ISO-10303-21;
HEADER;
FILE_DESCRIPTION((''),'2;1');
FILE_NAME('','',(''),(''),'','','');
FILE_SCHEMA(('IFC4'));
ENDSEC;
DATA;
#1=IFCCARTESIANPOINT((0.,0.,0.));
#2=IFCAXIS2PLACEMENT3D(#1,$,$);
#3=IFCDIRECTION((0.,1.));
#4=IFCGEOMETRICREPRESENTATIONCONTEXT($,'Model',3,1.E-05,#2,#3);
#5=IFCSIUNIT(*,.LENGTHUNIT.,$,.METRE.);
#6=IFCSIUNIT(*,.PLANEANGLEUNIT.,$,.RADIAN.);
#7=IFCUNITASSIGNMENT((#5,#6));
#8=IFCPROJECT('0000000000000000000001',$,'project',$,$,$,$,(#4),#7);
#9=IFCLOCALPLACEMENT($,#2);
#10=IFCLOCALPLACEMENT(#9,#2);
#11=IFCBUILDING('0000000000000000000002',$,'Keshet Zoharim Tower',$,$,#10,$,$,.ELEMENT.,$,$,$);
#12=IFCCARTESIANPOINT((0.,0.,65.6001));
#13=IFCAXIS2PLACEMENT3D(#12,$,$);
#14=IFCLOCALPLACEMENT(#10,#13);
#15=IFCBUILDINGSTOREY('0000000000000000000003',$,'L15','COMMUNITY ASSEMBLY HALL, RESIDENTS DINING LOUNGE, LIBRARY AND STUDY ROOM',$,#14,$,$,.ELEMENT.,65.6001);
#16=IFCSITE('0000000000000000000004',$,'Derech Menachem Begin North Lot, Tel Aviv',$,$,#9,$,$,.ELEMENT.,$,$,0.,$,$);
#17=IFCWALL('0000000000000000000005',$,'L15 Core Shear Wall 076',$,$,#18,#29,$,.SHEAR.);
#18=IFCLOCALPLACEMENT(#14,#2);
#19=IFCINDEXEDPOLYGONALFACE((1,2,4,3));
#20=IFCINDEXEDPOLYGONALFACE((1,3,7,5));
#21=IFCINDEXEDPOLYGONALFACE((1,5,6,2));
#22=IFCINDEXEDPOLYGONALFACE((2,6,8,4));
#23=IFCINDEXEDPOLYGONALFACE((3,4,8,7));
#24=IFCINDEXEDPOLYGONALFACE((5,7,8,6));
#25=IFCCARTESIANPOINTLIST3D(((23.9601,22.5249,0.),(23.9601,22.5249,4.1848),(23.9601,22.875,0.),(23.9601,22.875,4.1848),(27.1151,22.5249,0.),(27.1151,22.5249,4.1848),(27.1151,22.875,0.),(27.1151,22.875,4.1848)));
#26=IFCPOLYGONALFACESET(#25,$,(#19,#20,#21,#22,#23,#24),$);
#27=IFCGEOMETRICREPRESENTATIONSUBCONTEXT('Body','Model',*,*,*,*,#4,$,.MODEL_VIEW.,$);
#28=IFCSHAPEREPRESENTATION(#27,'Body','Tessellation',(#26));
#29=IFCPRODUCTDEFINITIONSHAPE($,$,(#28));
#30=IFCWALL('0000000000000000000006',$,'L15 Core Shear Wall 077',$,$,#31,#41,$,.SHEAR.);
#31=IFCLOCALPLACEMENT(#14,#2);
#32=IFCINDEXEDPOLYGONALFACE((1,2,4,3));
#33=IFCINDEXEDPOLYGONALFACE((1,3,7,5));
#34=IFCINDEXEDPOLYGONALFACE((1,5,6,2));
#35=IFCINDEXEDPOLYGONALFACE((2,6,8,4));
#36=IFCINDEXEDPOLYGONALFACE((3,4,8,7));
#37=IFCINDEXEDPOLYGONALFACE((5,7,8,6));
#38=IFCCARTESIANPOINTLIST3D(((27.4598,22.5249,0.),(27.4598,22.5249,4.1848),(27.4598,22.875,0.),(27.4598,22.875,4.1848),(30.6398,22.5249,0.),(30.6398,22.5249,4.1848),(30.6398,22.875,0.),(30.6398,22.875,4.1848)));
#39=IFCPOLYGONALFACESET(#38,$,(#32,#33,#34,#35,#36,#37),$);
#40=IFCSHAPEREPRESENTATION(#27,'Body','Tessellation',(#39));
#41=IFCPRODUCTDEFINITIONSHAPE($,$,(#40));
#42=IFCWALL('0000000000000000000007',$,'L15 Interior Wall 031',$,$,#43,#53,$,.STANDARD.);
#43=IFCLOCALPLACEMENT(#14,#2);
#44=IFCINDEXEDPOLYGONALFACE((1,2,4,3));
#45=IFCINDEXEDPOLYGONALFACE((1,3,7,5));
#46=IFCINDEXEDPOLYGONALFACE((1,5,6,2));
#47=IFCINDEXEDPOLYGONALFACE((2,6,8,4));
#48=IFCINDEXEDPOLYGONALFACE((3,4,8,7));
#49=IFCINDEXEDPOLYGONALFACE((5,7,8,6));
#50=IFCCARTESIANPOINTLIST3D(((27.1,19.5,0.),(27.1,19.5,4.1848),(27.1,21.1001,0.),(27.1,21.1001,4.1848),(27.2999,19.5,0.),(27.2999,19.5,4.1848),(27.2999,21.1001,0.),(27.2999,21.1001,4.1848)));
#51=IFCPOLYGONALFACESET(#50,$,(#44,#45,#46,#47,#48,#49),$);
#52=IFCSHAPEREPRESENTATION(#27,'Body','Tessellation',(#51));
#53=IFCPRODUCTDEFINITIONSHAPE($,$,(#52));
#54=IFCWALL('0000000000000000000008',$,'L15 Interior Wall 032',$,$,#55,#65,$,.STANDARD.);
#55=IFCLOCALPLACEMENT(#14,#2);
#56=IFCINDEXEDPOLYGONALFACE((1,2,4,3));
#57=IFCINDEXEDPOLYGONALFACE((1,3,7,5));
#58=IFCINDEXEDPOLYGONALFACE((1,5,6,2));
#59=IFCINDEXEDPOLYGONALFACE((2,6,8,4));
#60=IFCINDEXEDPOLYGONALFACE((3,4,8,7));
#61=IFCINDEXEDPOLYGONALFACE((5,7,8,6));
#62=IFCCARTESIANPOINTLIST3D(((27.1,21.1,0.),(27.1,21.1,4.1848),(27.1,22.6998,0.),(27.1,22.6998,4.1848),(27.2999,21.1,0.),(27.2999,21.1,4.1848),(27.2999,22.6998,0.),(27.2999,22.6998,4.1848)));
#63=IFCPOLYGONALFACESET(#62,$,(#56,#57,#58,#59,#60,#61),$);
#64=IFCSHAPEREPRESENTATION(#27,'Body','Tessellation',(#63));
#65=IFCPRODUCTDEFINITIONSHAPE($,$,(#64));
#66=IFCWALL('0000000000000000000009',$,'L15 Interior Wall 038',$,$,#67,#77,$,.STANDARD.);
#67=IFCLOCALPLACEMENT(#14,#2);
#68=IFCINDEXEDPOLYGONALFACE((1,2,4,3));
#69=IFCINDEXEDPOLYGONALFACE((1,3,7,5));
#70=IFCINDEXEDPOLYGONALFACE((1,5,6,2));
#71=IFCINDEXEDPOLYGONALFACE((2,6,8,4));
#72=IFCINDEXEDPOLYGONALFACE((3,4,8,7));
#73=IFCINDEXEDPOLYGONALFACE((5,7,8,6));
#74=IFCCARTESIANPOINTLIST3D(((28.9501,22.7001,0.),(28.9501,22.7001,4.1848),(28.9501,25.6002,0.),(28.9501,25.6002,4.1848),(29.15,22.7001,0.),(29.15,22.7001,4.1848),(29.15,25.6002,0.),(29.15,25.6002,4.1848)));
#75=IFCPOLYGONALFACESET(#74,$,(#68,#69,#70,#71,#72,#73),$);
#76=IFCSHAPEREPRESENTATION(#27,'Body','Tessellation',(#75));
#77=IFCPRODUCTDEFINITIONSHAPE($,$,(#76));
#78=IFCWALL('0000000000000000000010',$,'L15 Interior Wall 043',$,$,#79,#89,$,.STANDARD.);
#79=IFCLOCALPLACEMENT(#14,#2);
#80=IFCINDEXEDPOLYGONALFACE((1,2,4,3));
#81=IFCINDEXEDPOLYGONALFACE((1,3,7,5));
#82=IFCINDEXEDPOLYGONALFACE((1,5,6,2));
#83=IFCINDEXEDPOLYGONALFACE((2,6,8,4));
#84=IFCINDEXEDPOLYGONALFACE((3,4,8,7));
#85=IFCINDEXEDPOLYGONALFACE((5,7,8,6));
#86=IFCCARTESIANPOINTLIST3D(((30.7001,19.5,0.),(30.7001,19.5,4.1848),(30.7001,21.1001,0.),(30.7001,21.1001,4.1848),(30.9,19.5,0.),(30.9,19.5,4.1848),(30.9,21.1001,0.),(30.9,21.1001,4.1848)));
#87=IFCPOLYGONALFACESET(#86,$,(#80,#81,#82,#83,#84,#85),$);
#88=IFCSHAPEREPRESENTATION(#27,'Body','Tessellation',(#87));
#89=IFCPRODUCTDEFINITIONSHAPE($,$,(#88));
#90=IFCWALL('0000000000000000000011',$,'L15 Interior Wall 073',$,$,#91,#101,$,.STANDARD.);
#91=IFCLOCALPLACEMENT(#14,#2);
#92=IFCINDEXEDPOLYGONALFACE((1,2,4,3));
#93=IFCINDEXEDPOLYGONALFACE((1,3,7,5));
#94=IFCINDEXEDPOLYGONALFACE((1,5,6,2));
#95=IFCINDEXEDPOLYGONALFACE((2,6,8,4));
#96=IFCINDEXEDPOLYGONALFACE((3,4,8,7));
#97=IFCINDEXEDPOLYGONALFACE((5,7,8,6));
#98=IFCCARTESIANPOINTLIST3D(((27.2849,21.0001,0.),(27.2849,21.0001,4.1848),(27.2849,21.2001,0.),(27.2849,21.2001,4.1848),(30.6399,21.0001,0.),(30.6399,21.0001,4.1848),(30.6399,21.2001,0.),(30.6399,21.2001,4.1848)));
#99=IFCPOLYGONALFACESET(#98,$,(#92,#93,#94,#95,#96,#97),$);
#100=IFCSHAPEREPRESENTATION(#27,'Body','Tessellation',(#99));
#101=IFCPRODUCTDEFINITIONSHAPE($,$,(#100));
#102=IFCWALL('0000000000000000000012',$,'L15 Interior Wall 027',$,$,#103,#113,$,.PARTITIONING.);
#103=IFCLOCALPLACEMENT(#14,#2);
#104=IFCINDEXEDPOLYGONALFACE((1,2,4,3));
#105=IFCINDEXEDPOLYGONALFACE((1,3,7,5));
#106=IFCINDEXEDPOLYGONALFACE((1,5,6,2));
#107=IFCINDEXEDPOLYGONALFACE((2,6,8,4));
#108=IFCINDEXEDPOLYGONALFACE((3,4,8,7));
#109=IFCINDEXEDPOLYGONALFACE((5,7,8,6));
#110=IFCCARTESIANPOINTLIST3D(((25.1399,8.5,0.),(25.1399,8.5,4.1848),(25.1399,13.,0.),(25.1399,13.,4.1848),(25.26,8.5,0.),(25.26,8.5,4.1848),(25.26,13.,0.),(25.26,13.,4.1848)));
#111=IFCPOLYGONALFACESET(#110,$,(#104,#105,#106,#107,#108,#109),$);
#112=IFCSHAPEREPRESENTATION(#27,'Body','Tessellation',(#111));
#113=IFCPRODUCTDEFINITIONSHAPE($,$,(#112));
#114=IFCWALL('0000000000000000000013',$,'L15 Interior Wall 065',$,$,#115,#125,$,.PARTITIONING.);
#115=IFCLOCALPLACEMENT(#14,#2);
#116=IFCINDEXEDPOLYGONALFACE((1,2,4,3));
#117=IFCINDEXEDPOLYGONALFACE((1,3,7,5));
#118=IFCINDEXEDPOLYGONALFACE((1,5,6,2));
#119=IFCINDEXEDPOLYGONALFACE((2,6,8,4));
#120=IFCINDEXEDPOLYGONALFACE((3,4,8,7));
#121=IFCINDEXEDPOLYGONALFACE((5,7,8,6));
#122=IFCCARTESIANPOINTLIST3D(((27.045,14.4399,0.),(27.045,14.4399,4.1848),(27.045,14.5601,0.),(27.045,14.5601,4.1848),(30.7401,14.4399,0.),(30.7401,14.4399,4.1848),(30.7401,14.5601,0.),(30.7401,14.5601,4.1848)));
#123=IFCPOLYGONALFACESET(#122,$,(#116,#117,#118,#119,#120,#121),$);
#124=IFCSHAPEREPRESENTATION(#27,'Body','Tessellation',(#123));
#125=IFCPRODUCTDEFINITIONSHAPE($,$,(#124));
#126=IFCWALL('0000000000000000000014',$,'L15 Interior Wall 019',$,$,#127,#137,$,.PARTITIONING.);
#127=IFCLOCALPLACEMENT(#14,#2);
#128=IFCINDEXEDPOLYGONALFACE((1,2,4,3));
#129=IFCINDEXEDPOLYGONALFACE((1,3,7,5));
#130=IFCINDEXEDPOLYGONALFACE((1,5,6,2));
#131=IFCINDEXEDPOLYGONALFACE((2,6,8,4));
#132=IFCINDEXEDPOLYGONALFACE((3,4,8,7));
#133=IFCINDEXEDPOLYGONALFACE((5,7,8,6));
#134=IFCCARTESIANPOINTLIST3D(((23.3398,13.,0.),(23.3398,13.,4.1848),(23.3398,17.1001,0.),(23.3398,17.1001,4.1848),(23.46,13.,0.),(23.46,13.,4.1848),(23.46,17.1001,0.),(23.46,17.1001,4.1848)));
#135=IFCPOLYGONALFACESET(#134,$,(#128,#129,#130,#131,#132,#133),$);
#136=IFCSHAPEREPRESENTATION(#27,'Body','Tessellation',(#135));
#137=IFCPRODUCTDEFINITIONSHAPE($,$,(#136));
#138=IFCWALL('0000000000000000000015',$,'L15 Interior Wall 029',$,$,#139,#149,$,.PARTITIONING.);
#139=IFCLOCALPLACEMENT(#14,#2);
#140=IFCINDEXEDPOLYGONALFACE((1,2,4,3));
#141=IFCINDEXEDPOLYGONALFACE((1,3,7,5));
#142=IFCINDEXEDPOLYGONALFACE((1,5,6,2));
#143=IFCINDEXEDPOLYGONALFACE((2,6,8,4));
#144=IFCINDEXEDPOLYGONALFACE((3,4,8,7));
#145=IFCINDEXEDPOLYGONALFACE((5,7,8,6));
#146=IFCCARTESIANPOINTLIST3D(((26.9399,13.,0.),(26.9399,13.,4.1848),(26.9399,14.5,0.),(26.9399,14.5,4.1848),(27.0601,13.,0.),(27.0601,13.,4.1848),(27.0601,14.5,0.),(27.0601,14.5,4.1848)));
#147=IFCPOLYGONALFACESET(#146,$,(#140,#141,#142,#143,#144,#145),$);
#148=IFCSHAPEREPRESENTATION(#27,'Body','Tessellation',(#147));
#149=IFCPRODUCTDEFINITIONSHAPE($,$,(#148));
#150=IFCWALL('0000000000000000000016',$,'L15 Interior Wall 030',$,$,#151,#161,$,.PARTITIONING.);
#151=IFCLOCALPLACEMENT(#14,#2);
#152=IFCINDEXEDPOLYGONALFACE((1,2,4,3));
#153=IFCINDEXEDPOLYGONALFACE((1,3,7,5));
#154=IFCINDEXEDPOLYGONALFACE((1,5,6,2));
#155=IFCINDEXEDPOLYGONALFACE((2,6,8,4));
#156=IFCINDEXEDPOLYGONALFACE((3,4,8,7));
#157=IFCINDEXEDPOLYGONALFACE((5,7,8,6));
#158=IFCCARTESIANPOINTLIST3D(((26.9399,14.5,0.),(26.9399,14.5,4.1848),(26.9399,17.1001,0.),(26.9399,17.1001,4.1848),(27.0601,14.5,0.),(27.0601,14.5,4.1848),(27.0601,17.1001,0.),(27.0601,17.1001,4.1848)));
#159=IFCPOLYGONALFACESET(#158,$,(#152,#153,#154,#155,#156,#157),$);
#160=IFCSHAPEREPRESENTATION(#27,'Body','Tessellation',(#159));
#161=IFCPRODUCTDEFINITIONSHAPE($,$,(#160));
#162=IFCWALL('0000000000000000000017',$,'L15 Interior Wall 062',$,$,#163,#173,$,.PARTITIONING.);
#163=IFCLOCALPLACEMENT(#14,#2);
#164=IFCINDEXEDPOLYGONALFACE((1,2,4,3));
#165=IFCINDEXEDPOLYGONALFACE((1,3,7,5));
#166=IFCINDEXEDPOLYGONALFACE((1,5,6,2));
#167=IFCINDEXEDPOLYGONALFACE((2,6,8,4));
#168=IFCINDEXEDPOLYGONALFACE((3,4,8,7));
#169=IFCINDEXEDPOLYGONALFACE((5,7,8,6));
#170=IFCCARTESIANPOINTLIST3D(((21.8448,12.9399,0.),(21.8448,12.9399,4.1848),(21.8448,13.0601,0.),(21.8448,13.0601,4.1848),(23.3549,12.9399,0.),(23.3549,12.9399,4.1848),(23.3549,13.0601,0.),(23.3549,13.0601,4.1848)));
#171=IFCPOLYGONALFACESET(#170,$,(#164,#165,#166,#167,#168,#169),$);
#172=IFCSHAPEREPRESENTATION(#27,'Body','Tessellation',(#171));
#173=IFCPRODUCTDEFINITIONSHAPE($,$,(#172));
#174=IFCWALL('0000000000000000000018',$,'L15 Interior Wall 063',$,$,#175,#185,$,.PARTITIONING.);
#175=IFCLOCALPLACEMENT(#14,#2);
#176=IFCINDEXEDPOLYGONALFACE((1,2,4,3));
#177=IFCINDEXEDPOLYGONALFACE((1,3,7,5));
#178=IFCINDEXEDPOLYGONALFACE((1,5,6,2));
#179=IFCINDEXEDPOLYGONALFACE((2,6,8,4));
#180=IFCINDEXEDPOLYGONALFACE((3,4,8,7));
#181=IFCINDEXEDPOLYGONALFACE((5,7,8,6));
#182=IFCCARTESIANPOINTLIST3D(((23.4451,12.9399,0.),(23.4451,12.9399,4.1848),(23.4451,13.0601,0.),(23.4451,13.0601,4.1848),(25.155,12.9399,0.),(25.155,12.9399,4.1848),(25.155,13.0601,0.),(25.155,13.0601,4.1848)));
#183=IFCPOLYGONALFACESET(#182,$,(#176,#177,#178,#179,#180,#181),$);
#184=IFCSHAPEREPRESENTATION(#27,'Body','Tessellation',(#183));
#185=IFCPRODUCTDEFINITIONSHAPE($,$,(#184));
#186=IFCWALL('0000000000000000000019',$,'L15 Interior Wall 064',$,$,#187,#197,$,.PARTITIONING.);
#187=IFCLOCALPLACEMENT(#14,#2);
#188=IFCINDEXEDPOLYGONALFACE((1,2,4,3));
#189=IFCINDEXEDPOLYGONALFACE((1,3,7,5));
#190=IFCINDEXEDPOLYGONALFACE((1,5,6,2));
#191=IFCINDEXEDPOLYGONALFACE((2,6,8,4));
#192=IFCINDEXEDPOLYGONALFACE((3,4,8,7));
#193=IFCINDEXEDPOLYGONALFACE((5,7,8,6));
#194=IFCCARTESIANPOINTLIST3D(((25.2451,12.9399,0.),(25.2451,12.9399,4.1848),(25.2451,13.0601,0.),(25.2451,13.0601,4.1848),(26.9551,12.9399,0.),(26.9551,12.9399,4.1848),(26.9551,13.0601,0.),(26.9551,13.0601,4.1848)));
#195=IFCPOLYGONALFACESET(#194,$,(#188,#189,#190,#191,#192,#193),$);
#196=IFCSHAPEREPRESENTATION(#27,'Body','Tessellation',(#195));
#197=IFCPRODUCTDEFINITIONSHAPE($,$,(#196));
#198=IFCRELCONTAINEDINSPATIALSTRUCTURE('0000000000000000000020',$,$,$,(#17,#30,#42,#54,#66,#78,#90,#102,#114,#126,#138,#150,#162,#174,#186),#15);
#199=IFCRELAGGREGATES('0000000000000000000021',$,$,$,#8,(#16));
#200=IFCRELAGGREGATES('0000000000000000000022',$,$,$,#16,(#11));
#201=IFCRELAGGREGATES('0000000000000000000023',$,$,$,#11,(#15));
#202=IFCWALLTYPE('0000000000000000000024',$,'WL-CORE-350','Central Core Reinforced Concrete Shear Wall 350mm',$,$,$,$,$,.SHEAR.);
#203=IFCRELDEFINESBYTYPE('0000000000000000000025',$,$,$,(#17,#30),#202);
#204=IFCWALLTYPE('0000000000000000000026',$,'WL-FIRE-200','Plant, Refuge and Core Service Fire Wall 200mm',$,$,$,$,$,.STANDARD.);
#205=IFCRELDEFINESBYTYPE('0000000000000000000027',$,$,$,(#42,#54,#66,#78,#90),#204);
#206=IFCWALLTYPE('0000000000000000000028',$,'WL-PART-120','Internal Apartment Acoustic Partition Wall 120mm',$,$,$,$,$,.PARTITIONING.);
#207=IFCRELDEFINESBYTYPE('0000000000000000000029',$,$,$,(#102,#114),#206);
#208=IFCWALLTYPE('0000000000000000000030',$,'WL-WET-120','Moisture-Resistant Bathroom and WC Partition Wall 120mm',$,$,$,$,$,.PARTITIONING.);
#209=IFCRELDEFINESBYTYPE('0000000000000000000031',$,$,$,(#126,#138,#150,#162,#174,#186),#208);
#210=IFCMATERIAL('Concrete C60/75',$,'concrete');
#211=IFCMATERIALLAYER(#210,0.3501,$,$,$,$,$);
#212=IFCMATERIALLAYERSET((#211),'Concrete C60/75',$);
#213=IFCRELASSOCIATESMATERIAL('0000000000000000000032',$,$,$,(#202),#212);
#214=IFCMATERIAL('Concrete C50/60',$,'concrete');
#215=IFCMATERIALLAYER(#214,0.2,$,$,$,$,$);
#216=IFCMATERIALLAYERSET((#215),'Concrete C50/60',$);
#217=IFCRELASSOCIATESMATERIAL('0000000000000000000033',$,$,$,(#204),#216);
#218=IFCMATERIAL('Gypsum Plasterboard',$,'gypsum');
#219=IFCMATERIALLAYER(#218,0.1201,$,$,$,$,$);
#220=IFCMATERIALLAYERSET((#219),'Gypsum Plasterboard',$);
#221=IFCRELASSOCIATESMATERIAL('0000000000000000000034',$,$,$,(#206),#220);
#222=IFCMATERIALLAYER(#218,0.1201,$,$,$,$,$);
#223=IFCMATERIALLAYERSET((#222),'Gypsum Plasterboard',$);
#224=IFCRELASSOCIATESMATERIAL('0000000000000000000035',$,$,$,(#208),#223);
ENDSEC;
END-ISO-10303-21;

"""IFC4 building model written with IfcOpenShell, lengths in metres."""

from ifc_helpers import new_model, si_unit, direction, frame, frame_2d, origin, place, context, subcontext, project, spatial, rectangle, extrude, material, layer, layer_set, type_object, element, save


model = new_model("IFC4")

# Units and contexts
model_context = context("Model", 3, precision=1e-05, world=origin(), true_north=direction((0.0, 1.0)))
body_context = subcontext(model_context, "Body", "Model", "MODEL_VIEW")
ifc_project = project(units=[si_unit("LENGTHUNIT", "METRE"), si_unit("PLANEANGLEUNIT", "RADIAN")], contexts=[model_context])

# Site, building, storey
site_placement = place(None, origin())
site = spatial("IfcSite", under=ifc_project, at=site_placement, Name="Derech Menachem Begin North Lot, Tel Aviv", CompositionType="ELEMENT", RefElevation=0.0)
building_placement = place(site_placement, origin())
building = spatial("IfcBuilding", under=site, at=building_placement, Name="Keshet Zoharim Tower", CompositionType="ELEMENT")
storey_placement = place(building_placement, frame((0.0, 0.0, 65.6001)))
storey = spatial("IfcBuildingStorey", under=building, at=storey_placement, Name="L15", Description="COMMUNITY ASSEMBLY HALL, RESIDENTS DINING LOUNGE, LIBRARY AND STUDY ROOM", CompositionType="ELEMENT", Elevation=65.6001)

# Shared definitions
ifc_material_1 = material(Name="Gypsum Plasterboard", Category="gypsum")

# Shared definitions
ifc_material_2 = material(Name="Concrete C60/75", Category="concrete")
ifc_layer_1 = layer(ifc_material_2, 0.3501)
ifc_layer_set_1 = layer_set([ifc_layer_1], Name="Concrete C60/75")
wall_type_1 = type_object("IfcWallType", Name="WL-CORE-350", Description="Central Core Reinforced Concrete Shear Wall 350mm", PredefinedType="SHEAR", material=ifc_layer_set_1)

# Walls
wall_1_placement = place(storey_placement, frame((23.96, 22.7, 0.0), z_axis=(0.0, 0.0, 1.0), x_axis=(1.0, 0.0, 0.0)))
element("IfcWall", 1, at=wall_1_placement, inside=storey, type_object=wall_type_1, Name="L15 Core Shear Wall 076", PredefinedType="SHEAR", context=body_context, shape_type="SweptSolid", body=[
    extrude(rectangle(XDim=3.155, YDim=0.3501, at=frame_2d((1.5776, 0.0))), origin(), (0.0, 0.0, 1.0), 4.1848),
])
wall_2_placement = place(storey_placement, frame((27.46, 22.7, 0.0), z_axis=(0.0, 0.0, 1.0), x_axis=(1.0, 0.0, 0.0)))
element("IfcWall", 2, at=wall_2_placement, inside=storey, type_object=wall_type_1, Name="L15 Core Shear Wall 077", PredefinedType="SHEAR", context=body_context, shape_type="SweptSolid", body=[
    extrude(rectangle(XDim=3.1799, YDim=0.3501, at=frame_2d((1.5898, 0.0))), origin(), (0.0, 0.0, 1.0), 4.1848),
])
ifc_material_3 = material(Name="Concrete C50/60", Category="concrete")
ifc_layer_2 = layer(ifc_material_3, 0.2)
ifc_layer_set_2 = layer_set([ifc_layer_2], Name="Concrete C50/60")
wall_type_2 = type_object("IfcWallType", Name="WL-FIRE-200", Description="Plant, Refuge and Core Service Fire Wall 200mm", PredefinedType="STANDARD", material=ifc_layer_set_2)
wall_3_placement = place(storey_placement, frame((27.2, 19.5, 0.0), z_axis=(0.0, 0.0, 1.0), x_axis=(0.0, 1.0, 0.0)))
element("IfcWall", 3, at=wall_3_placement, inside=storey, type_object=wall_type_2, Name="L15 Interior Wall 031", PredefinedType="STANDARD", context=body_context, shape_type="SweptSolid", body=[
    extrude(rectangle(XDim=1.6001, YDim=0.2, at=frame_2d((0.8, 0.0))), origin(), (0.0, 0.0, 1.0), 4.1848),
])
wall_4_placement = place(storey_placement, frame((27.2, 21.1001, 0.0), z_axis=(0.0, 0.0, 1.0), x_axis=(0.0, 1.0, 0.0)))
element("IfcWall", 4, at=wall_4_placement, inside=storey, type_object=wall_type_2, Name="L15 Interior Wall 032", PredefinedType="STANDARD", context=body_context, shape_type="SweptSolid", body=[
    extrude(rectangle(XDim=1.5999, YDim=0.2, at=frame_2d((0.7998, 0.0))), origin(), (0.0, 0.0, 1.0), 4.1848),
])
wall_5_placement = place(storey_placement, frame((29.05, 22.7, 0.0), z_axis=(0.0, 0.0, 1.0), x_axis=(0.0, 1.0, 0.0)))
element("IfcWall", 5, at=wall_5_placement, inside=storey, type_object=wall_type_2, Name="L15 Interior Wall 038", PredefinedType="STANDARD", context=body_context, shape_type="SweptSolid", body=[
    extrude(rectangle(XDim=2.9001, YDim=0.2, at=frame_2d((1.4502, 0.0))), origin(), (0.0, 0.0, 1.0), 4.1848),
])
wall_6_placement = place(storey_placement, frame((30.8, 19.5, 0.0), z_axis=(0.0, 0.0, 1.0), x_axis=(0.0, 1.0, 0.0)))
element("IfcWall", 6, at=wall_6_placement, inside=storey, type_object=wall_type_2, Name="L15 Interior Wall 043", PredefinedType="STANDARD", context=body_context, shape_type="SweptSolid", body=[
    extrude(rectangle(XDim=1.6001, YDim=0.2, at=frame_2d((0.8, 0.0))), origin(), (0.0, 0.0, 1.0), 4.1848),
])

# Walls
wall_7_placement = place(storey_placement, frame((27.2849, 21.1001, 0.0), z_axis=(0.0, 0.0, 1.0), x_axis=(1.0, 0.0, 0.0)))
element("IfcWall", 7, at=wall_7_placement, inside=storey, type_object=wall_type_2, Name="L15 Interior Wall 073", PredefinedType="STANDARD", context=body_context, shape_type="SweptSolid", body=[
    extrude(rectangle(XDim=3.355, YDim=0.2, at=frame_2d((1.6775, 0.0))), origin(), (0.0, 0.0, 1.0), 4.1848),
])
ifc_layer_3 = layer(ifc_material_1, 0.1201)
ifc_layer_set_3 = layer_set([ifc_layer_3], Name="Gypsum Plasterboard")
wall_type_3 = type_object("IfcWallType", Name="WL-PART-120", Description="Internal Apartment Acoustic Partition Wall 120mm", PredefinedType="PARTITIONING", material=ifc_layer_set_3)
wall_8_placement = place(storey_placement, frame((25.2, 8.5, 0.0), z_axis=(0.0, 0.0, 1.0), x_axis=(0.0, 1.0, 0.0)))
element("IfcWall", 8, at=wall_8_placement, inside=storey, type_object=wall_type_3, Name="L15 Interior Wall 027", PredefinedType="PARTITIONING", context=body_context, shape_type="SweptSolid", body=[
    extrude(rectangle(XDim=4.5, YDim=0.1201, at=frame_2d((2.25, 0.0))), origin(), (0.0, 0.0, 1.0), 4.1848),
])
wall_9_placement = place(storey_placement, frame((27.0449, 14.5, 0.0), z_axis=(0.0, 0.0, 1.0), x_axis=(1.0, 0.0, 0.0)))
element("IfcWall", 9, at=wall_9_placement, inside=storey, type_object=wall_type_3, Name="L15 Interior Wall 065", PredefinedType="PARTITIONING", context=body_context, shape_type="SweptSolid", body=[
    extrude(rectangle(XDim=3.6951, YDim=0.1201, at=frame_2d((1.8477, 0.0))), origin(), (0.0, 0.0, 1.0), 4.1848),
])
ifc_layer_4 = layer(ifc_material_1, 0.1201)
ifc_layer_set_4 = layer_set([ifc_layer_4], Name="Gypsum Plasterboard")
wall_type_4 = type_object("IfcWallType", Name="WL-WET-120", Description="Moisture-Resistant Bathroom and WC Partition Wall 120mm", PredefinedType="PARTITIONING", material=ifc_layer_set_4)
wall_10_placement = place(storey_placement, frame((23.3999, 13.0, 0.0), z_axis=(0.0, 0.0, 1.0), x_axis=(0.0, 1.0, 0.0)))
element("IfcWall", 10, at=wall_10_placement, inside=storey, type_object=wall_type_4, Name="L15 Interior Wall 019", PredefinedType="PARTITIONING", context=body_context, shape_type="SweptSolid", body=[
    extrude(rectangle(XDim=4.1001, YDim=0.1201, at=frame_2d((2.05, 0.0))), origin(), (0.0, 0.0, 1.0), 4.1848),
])
wall_11_placement = place(storey_placement, frame((27.0, 13.0, 0.0), z_axis=(0.0, 0.0, 1.0), x_axis=(0.0, 1.0, 0.0)))
element("IfcWall", 11, at=wall_11_placement, inside=storey, type_object=wall_type_4, Name="L15 Interior Wall 029", PredefinedType="PARTITIONING", context=body_context, shape_type="SweptSolid", body=[
    extrude(rectangle(XDim=1.5, YDim=0.1201, at=frame_2d((0.75, 0.0))), origin(), (0.0, 0.0, 1.0), 4.1848),
])
wall_12_placement = place(storey_placement, frame((27.0, 14.5, 0.0), z_axis=(0.0, 0.0, 1.0), x_axis=(0.0, 1.0, 0.0)))
element("IfcWall", 12, at=wall_12_placement, inside=storey, type_object=wall_type_4, Name="L15 Interior Wall 030", PredefinedType="PARTITIONING", context=body_context, shape_type="SweptSolid", body=[
    extrude(rectangle(XDim=2.6001, YDim=0.1201, at=frame_2d((1.3, 0.0))), origin(), (0.0, 0.0, 1.0), 4.1848),
])
wall_13_placement = place(storey_placement, frame((21.845, 13.0, 0.0), z_axis=(0.0, 0.0, 1.0), x_axis=(1.0, 0.0, 0.0)))
element("IfcWall", 13, at=wall_13_placement, inside=storey, type_object=wall_type_4, Name="L15 Interior Wall 062", PredefinedType="PARTITIONING", context=body_context, shape_type="SweptSolid", body=[
    extrude(rectangle(XDim=1.51, YDim=0.1201, at=frame_2d((0.7549, 0.0))), origin(), (0.0, 0.0, 1.0), 4.1848),
])
for number, where, z_axis, x_axis, name in (
    (14, (23.4451, 13.0, 0.0), (0.0, 0.0, 1.0), (1.0, 0.0, 0.0), "L15 Interior Wall 063"),
    (15, (25.2451, 13.0, 0.0), (0.0, 0.0, 1.0), (1.0, 0.0, 0.0), "L15 Interior Wall 064"),
):
    element("IfcWall", number, at=place(storey_placement, frame(where, z_axis=z_axis, x_axis=x_axis)), inside=storey, type_object=wall_type_4, Name=name, PredefinedType="PARTITIONING", context=body_context, shape_type="SweptSolid", body=[
        extrude(rectangle(XDim=1.71, YDim=0.1201, at=frame_2d((0.855, 0.0))), origin(), (0.0, 0.0, 1.0), 4.1848),
    ])

save(model, "model.ifc")
